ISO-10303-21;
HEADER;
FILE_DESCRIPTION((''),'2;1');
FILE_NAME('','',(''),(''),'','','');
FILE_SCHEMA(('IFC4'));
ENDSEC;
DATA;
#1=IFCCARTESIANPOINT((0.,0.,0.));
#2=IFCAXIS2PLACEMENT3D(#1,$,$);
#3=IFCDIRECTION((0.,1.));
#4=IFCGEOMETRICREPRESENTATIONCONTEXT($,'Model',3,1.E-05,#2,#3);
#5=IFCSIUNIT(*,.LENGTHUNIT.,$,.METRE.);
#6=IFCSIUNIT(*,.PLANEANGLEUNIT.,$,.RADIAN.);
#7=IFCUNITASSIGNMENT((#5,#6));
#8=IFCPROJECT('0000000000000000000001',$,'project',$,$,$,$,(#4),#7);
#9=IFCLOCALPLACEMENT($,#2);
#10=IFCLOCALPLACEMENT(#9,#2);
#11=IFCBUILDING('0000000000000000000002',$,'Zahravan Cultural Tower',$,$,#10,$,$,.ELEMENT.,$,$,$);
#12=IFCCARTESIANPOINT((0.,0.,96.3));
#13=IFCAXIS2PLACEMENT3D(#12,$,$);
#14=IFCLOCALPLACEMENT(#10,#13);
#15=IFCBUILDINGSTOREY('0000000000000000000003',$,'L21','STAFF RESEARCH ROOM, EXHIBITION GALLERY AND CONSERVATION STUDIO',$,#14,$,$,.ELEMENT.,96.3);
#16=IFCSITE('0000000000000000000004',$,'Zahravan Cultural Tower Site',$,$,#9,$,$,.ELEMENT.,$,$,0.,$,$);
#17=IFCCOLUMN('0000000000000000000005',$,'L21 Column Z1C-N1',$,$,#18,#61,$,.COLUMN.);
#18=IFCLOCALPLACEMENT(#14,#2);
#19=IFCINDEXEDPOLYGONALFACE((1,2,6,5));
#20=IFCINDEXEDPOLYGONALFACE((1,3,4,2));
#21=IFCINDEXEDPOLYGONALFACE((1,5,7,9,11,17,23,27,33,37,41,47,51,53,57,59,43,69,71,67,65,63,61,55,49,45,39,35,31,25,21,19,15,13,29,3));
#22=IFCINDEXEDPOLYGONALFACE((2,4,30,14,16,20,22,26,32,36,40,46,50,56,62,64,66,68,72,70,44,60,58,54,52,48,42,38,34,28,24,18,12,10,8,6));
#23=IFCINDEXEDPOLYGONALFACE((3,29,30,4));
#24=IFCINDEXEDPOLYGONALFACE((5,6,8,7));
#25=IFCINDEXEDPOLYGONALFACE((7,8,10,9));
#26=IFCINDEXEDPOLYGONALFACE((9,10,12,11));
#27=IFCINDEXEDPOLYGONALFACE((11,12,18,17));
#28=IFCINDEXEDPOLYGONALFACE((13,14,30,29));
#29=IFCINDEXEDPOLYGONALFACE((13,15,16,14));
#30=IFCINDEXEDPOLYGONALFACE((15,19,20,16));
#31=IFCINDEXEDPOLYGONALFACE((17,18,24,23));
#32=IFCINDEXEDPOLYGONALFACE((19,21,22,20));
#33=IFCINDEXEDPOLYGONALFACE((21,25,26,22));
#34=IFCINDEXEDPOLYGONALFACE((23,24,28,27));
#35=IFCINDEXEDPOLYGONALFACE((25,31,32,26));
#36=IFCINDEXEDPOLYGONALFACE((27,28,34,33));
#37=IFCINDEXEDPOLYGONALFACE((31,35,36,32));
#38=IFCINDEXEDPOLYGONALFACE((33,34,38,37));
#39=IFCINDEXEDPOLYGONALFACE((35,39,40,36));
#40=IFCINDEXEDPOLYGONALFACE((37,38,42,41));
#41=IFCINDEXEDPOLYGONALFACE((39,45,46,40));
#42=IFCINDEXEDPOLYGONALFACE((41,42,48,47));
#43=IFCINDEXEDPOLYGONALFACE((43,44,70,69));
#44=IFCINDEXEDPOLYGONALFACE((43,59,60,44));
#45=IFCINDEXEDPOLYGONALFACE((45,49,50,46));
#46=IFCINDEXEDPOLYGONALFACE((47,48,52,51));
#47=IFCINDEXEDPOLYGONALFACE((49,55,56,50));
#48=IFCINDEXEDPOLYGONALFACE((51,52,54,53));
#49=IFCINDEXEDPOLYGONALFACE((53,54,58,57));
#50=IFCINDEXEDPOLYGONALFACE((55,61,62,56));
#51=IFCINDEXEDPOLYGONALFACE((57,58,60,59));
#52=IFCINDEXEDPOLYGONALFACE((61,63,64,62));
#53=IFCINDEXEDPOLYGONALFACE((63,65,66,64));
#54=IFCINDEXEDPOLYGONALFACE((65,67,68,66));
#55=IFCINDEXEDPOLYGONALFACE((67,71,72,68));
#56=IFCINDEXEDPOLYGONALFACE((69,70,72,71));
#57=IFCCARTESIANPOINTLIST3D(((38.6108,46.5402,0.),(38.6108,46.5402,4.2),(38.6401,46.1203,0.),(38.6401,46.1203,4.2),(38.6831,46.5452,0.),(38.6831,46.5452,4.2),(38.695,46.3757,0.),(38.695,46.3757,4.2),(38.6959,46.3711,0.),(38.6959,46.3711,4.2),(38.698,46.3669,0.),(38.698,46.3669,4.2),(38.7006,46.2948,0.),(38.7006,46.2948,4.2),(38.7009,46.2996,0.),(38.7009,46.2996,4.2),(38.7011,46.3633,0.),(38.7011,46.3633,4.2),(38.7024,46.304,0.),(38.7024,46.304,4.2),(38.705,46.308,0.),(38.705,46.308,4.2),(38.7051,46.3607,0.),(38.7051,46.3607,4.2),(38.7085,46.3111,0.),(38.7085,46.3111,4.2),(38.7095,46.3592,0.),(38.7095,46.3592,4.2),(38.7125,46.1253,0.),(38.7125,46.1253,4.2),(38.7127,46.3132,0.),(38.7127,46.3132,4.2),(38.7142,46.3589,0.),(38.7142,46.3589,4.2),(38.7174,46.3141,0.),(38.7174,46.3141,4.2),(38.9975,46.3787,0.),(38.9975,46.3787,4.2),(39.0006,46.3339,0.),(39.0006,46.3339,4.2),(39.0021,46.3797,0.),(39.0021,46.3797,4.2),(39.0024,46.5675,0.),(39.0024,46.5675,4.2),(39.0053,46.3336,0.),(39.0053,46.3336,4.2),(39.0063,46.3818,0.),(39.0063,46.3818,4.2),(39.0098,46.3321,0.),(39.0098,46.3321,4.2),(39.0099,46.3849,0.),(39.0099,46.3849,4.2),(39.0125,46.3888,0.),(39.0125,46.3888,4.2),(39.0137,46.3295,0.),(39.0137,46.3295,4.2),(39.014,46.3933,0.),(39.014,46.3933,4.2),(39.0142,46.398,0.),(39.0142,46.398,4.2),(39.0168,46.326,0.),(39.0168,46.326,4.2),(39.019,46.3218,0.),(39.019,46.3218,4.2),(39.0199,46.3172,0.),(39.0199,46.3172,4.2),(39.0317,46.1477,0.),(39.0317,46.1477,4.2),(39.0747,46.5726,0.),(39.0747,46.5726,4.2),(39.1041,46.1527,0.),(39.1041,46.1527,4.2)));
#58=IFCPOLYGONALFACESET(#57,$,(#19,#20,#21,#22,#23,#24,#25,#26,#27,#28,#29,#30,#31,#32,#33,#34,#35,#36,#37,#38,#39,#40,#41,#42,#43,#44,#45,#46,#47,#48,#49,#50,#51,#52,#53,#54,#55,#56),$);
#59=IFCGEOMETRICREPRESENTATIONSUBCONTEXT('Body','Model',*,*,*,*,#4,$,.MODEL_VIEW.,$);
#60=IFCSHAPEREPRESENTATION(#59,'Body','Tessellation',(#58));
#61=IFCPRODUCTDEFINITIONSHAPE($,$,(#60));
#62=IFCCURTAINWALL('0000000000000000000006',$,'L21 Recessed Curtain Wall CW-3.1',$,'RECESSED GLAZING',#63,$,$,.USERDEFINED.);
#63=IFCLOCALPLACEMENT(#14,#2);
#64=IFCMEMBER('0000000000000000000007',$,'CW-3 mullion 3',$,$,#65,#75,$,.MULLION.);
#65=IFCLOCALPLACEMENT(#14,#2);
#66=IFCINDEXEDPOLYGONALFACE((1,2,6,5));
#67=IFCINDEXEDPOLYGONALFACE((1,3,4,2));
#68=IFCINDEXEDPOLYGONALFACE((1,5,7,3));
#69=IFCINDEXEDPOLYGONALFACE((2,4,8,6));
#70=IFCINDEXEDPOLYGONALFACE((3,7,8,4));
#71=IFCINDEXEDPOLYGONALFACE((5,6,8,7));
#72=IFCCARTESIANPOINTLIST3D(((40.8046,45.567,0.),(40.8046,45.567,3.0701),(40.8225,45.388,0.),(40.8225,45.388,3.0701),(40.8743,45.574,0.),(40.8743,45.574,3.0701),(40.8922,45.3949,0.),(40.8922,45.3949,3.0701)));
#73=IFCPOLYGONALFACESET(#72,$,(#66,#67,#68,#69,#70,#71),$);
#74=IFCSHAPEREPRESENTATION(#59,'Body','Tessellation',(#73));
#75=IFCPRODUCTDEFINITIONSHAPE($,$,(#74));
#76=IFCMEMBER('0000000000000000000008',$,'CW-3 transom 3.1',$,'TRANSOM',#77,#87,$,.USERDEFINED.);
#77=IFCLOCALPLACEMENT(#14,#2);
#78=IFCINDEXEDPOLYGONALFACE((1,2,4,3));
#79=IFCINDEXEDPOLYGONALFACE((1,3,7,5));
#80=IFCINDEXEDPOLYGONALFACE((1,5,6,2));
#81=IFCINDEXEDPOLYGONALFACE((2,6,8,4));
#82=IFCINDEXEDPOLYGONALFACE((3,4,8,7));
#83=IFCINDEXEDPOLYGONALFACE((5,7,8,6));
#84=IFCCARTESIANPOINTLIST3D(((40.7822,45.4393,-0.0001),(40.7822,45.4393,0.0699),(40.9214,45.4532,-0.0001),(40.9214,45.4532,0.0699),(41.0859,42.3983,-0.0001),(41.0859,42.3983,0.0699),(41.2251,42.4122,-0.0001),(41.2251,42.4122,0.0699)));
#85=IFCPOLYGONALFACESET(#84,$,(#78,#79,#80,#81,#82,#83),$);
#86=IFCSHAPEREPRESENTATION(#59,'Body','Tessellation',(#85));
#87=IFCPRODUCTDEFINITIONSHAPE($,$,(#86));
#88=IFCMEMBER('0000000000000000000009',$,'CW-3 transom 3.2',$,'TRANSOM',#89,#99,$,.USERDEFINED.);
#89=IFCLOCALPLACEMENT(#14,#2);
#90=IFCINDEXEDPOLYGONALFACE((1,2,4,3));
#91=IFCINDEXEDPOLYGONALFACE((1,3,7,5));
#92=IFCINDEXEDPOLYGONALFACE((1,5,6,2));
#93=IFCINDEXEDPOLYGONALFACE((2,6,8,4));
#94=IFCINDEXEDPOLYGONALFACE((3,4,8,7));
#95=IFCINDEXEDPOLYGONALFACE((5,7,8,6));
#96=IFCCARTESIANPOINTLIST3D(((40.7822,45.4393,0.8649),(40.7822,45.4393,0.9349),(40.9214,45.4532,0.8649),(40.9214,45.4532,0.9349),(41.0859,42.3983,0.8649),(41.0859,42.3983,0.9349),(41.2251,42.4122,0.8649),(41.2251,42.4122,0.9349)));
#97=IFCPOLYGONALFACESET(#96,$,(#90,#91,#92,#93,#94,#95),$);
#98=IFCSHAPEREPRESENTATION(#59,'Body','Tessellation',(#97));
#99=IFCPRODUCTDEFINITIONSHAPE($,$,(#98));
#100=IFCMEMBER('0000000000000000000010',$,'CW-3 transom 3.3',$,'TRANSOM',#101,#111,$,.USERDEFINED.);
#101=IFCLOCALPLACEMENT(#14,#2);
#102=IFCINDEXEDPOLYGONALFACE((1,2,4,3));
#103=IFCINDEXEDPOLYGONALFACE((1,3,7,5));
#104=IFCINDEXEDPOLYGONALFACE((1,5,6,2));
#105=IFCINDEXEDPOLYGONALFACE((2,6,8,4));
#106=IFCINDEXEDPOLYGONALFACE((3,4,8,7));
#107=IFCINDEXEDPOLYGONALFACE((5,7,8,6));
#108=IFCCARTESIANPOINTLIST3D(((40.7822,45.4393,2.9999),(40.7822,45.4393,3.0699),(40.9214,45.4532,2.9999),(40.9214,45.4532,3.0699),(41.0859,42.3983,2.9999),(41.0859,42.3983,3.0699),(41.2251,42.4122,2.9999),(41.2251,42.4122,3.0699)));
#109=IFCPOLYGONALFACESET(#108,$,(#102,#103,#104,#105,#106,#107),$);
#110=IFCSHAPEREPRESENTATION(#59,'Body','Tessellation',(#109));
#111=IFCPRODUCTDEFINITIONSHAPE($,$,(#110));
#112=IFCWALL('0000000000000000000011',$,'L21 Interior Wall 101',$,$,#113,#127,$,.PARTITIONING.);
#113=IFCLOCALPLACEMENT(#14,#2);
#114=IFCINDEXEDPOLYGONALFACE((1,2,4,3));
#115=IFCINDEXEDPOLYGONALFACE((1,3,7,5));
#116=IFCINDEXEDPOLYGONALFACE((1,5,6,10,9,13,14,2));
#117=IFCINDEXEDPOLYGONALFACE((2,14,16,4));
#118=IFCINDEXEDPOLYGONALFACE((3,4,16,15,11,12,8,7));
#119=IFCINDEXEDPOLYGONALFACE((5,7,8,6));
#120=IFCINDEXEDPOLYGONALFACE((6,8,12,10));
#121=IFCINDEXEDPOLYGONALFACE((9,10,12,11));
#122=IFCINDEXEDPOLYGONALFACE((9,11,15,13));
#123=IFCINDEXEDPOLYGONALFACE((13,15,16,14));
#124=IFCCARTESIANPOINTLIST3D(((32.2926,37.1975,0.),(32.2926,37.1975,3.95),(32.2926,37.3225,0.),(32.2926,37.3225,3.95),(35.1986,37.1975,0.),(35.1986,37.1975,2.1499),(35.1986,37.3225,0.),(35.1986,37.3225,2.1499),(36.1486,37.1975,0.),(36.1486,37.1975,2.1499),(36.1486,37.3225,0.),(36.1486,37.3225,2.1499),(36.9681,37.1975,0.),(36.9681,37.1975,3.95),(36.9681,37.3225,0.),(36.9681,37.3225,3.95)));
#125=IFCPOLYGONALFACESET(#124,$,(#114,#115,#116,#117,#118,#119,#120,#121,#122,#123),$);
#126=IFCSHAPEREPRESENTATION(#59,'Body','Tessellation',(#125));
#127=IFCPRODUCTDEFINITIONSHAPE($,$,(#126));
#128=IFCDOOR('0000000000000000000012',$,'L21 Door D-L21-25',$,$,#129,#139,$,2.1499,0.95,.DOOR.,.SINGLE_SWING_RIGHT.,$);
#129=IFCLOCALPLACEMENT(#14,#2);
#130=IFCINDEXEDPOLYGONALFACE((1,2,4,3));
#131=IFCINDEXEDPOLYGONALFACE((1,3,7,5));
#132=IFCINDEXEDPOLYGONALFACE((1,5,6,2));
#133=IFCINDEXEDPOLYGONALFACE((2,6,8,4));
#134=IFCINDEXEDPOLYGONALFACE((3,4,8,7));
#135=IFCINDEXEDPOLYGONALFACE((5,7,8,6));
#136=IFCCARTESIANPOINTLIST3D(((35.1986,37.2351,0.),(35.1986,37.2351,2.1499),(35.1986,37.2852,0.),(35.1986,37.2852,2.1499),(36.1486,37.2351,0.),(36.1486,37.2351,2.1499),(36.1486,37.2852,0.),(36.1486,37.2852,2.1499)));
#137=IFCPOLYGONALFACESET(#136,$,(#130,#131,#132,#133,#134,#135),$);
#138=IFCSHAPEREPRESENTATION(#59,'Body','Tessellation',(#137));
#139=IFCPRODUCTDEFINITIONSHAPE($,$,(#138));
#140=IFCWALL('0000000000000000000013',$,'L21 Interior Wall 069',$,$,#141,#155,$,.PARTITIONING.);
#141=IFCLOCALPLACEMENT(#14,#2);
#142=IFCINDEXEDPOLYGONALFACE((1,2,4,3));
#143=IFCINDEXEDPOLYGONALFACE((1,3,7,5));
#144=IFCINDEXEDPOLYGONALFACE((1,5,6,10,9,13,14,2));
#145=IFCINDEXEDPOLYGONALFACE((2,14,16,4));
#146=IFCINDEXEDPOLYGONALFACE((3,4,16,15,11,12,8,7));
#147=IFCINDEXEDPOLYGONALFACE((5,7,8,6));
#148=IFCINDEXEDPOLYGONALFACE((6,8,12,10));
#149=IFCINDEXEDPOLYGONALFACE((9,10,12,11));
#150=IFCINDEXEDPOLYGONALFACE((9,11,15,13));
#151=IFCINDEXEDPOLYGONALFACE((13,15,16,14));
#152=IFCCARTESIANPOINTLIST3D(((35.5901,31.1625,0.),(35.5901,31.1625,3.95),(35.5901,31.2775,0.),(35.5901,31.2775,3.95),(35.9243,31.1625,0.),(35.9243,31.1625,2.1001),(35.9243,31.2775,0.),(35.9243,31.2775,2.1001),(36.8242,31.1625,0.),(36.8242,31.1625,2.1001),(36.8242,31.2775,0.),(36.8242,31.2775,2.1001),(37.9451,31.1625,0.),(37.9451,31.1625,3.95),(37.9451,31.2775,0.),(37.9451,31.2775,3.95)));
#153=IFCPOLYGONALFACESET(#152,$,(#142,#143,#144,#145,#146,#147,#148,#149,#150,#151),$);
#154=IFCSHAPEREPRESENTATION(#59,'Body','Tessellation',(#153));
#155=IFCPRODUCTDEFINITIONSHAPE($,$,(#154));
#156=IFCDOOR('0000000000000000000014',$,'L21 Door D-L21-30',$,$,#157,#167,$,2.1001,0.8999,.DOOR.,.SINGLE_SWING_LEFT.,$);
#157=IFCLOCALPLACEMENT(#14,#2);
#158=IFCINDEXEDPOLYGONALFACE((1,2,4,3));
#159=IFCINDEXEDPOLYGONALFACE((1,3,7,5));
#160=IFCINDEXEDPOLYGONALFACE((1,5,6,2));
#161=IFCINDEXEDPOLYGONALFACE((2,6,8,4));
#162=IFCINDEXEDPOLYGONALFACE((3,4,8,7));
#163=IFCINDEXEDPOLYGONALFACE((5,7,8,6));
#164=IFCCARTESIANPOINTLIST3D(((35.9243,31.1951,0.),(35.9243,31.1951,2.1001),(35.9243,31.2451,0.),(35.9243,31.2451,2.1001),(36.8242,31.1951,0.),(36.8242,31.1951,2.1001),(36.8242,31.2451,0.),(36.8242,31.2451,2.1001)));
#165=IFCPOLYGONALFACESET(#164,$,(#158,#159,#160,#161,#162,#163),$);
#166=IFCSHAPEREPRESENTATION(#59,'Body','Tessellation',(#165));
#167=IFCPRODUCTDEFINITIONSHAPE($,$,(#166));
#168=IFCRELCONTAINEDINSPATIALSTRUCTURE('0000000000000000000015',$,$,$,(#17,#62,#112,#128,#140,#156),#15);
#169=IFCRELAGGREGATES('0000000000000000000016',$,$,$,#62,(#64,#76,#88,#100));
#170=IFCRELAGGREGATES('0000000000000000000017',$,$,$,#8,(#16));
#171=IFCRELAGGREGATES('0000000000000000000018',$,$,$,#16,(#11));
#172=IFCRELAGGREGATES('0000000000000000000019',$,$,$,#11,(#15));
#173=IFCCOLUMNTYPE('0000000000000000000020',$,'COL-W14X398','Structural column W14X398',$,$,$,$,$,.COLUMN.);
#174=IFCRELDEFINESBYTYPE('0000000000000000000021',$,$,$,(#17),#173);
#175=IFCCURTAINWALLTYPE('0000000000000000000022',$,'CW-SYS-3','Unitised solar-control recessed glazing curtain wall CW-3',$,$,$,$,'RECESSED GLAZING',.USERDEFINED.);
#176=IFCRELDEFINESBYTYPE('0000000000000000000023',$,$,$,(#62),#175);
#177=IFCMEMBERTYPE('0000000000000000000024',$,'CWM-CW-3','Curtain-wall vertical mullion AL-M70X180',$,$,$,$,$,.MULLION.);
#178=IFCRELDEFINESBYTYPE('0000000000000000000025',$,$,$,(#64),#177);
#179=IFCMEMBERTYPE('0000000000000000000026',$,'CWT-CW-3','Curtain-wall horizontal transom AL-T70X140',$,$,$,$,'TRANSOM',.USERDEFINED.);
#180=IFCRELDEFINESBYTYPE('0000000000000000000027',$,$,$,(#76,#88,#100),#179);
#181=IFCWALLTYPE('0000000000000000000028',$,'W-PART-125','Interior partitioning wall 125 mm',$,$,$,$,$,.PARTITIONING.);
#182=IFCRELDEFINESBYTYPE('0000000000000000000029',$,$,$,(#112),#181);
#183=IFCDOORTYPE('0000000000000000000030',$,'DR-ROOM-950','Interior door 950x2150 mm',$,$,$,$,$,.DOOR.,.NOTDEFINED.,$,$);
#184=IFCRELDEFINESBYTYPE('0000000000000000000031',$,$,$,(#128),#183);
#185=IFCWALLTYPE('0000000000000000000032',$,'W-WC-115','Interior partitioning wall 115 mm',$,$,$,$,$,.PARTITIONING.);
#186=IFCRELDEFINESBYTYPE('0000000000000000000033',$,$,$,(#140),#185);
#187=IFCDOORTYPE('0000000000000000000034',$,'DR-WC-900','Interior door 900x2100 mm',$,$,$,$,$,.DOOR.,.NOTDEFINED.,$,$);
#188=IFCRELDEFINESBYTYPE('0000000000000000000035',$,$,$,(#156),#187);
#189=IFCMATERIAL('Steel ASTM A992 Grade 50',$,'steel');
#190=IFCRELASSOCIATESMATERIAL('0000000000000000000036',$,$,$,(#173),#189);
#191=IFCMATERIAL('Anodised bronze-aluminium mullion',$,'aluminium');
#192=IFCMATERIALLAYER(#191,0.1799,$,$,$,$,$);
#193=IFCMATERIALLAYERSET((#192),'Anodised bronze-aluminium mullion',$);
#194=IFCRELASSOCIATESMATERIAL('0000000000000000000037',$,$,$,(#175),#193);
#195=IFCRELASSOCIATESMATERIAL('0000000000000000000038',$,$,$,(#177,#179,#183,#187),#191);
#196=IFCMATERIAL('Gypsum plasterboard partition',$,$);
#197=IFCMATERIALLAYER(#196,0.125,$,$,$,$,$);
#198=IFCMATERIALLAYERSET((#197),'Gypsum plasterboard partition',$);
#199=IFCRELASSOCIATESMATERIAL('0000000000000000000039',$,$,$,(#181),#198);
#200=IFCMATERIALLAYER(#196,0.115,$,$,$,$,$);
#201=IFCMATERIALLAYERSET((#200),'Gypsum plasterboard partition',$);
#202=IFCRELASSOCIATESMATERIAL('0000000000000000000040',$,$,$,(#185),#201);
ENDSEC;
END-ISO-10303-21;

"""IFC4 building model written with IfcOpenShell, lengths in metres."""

from ifc_helpers import new_model, si_unit, direction, frame, frame_2d, origin, origin_2d, place, context, subcontext, project, spatial, rectangle, i_section, extrude, source, transform, mapped, material, layer, layer_set, material_profile, profile_set, type_object, element, fill, aggregate, save


model = new_model("IFC4")

# Units and contexts
model_context = context("Model", 3, precision=1e-05, world=origin(), true_north=direction((0.0, 1.0)))
body_context = subcontext(model_context, "Body", "Model", "MODEL_VIEW")
ifc_project = project(units=[si_unit("LENGTHUNIT", "METRE"), si_unit("PLANEANGLEUNIT", "RADIAN")], contexts=[model_context])

# Site, building, storey
site_placement = place(None, origin())
site = spatial("IfcSite", under=ifc_project, at=site_placement, Name="Zahravan Cultural Tower Site", CompositionType="ELEMENT", RefElevation=0.0)
building_placement = place(site_placement, origin())
building = spatial("IfcBuilding", under=site, at=building_placement, Name="Zahravan Cultural Tower", CompositionType="ELEMENT")
storey_placement = place(building_placement, frame((0.0, 0.0, 96.3)))
storey = spatial("IfcBuildingStorey", under=building, at=storey_placement, Name="L21", Description="STAFF RESEARCH ROOM, EXHIBITION GALLERY AND CONSERVATION STUDIO", CompositionType="ELEMENT", Elevation=96.3)

# Column
ifc_material_1 = material(Name="Steel ASTM A992 Grade 50", Category="steel")
ifc_material_profile_1 = material_profile(ifc_material_1, i_section(OverallWidth=0.4209, OverallDepth=0.4651, WebThickness=0.0449, FlangeThickness=0.0725, FilletRadius=0.0181, at=origin_2d()), Name="W14X398")
ifc_profile_set_1 = profile_set([ifc_material_profile_1], Name="Steel ASTM A992 Grade 50")
column_type = type_object("IfcColumnType", Name="COL-W14X398", Description="Structural column W14X398", PredefinedType="COLUMN", material=ifc_profile_set_1)
shared_shape_1 = source(origin(), body_context, "Body", "SweptSolid", [
    extrude(i_section(OverallWidth=0.4209, OverallDepth=0.4651, WebThickness=0.0449, FlangeThickness=0.0725, FilletRadius=0.0181, at=origin_2d()), origin(), (0.0, 0.0, 1.0), 4.2),
])
column_placement = place(storey_placement, frame((38.8574, 46.3464, 0.0), z_axis=(0.0, 0.0, 1.0), x_axis=(-0.069756, 0.997564, 0.0)))
element("IfcColumn", 1, at=column_placement, inside=storey, type_object=column_type, Name="L21 Column Z1C-N1", PredefinedType="COLUMN", context=body_context, shape_type="MappedRepresentation", body=[
    mapped(shared_shape_1, transform((0.0, 0.0, 0.0), x_axis=(1.0, 0.0, 0.0), y_axis=(0.0, 1.0, 0.0), z_axis=(0.0, 0.0, 1.0), scale=1.0)),
])

# Curtain wall, members
ifc_material_2 = material(Name="Anodised bronze-aluminium mullion", Category="aluminium")
ifc_layer_1 = layer(ifc_material_2, 0.1799)
ifc_layer_set_1 = layer_set([ifc_layer_1], Name="Anodised bronze-aluminium mullion")
curtain_wall_type = type_object("IfcCurtainWallType", Name="CW-SYS-3", Description="Unitised solar-control recessed glazing curtain wall CW-3", ElementType="RECESSED GLAZING", PredefinedType="USERDEFINED", material=ifc_layer_set_1)
curtain_wall_placement = place(storey_placement, origin())
curtain_wall = element("IfcCurtainWall", 2, at=curtain_wall_placement, inside=storey, type_object=curtain_wall_type, Name="L21 Recessed Curtain Wall CW-3.1", ObjectType="RECESSED GLAZING", PredefinedType="USERDEFINED")
ifc_material_profile_2 = material_profile(ifc_material_2, rectangle(XDim=0.0701, YDim=0.1799, at=origin_2d()), Name="AL-M70X180")
ifc_profile_set_2 = profile_set([ifc_material_profile_2], Name="Anodised bronze-aluminium mullion")
member_type_1 = type_object("IfcMemberType", Name="CWM-CW-3", Description="Curtain-wall vertical mullion AL-M70X180", PredefinedType="MULLION", material=ifc_profile_set_2)
shared_shape_2 = source(origin(), body_context, "Body", "SweptSolid", [
    extrude(rectangle(XDim=0.0701, YDim=0.1799, at=origin_2d()), origin(), (0.0, 0.0, 1.0), 3.0701),
])
member_1_placement = place(storey_placement, frame((40.8484, 45.481, 0.0), z_axis=(0.0, 0.0, 1.0), x_axis=(0.995055, 0.099322, 0.0)))
member_1 = element("IfcMember", 3, at=member_1_placement, type_object=member_type_1, Name="CW-3 mullion 3", PredefinedType="MULLION", context=body_context, shape_type="MappedRepresentation", body=[
    mapped(shared_shape_2, transform((0.0, 0.0, 0.0), x_axis=(1.0, 0.0, 0.0), y_axis=(0.0, 1.0, 0.0), z_axis=(0.0, 0.0, 1.0), scale=1.0)),
])
ifc_material_profile_3 = material_profile(ifc_material_2, rectangle(XDim=0.1399, YDim=0.0701, at=origin_2d()), Name="AL-T70X140")
ifc_profile_set_3 = profile_set([ifc_material_profile_3], Name="Anodised bronze-aluminium mullion")
member_type_2 = type_object("IfcMemberType", Name="CWT-CW-3", Description="Curtain-wall horizontal transom AL-T70X140", ElementType="TRANSOM", PredefinedType="USERDEFINED", material=ifc_profile_set_3)
shared_shape_3 = source(origin(), body_context, "Body", "SweptSolid", [
    extrude(rectangle(XDim=0.1399, YDim=0.0701, at=origin_2d()), origin(), (0.0, 0.0, 1.0), 3.0562),
])
member_2_placement = place(storey_placement, frame((40.8518, 45.4463, 0.0349), z_axis=(0.099377, -0.99505, 0.0), x_axis=(0.99505, 0.099377, 0.0)))
member_2 = element("IfcMember", 4, at=member_2_placement, type_object=member_type_2, Name="CW-3 transom 3.1", ObjectType="TRANSOM", PredefinedType="USERDEFINED", context=body_context, shape_type="MappedRepresentation", body=[
    mapped(shared_shape_3, transform((0.0, 0.0, 0.0), x_axis=(1.0, 0.0, 0.0), y_axis=(0.0, 1.0, 0.0), z_axis=(0.0, 0.0, 1.0), scale=1.0)),
])
member_3_placement = place(storey_placement, frame((40.8518, 45.4463, 0.8999), z_axis=(0.099377, -0.99505, 0.0), x_axis=(0.99505, 0.099377, 0.0)))
member_3 = element("IfcMember", 5, at=member_3_placement, type_object=member_type_2, Name="CW-3 transom 3.2", ObjectType="TRANSOM", PredefinedType="USERDEFINED", context=body_context, shape_type="MappedRepresentation", body=[
    mapped(shared_shape_3, transform((0.0, 0.0, 0.0), x_axis=(1.0, 0.0, 0.0), y_axis=(0.0, 1.0, 0.0), z_axis=(0.0, 0.0, 1.0), scale=1.0)),
])
member_4_placement = place(storey_placement, frame((40.8518, 45.4463, 3.0349), z_axis=(0.099377, -0.99505, 0.0), x_axis=(0.99505, 0.099377, 0.0)))
member_4 = element("IfcMember", 6, at=member_4_placement, type_object=member_type_2, Name="CW-3 transom 3.3", ObjectType="TRANSOM", PredefinedType="USERDEFINED", context=body_context, shape_type="MappedRepresentation", body=[
    mapped(shared_shape_3, transform((0.0, 0.0, 0.0), x_axis=(1.0, 0.0, 0.0), y_axis=(0.0, 1.0, 0.0), z_axis=(0.0, 0.0, 1.0), scale=1.0)),
])
aggregate(curtain_wall, [member_1, member_2, member_3, member_4])

# Walls, openings, doors
ifc_material_3 = material(Name="Gypsum plasterboard partition")
ifc_layer_2 = layer(ifc_material_3, 0.125)
ifc_layer_set_2 = layer_set([ifc_layer_2], Name="Gypsum plasterboard partition")
wall_type_1 = type_object("IfcWallType", Name="W-PART-125", Description="Interior partitioning wall 125 mm", PredefinedType="PARTITIONING", material=ifc_layer_set_2)
door_type_1 = type_object("IfcDoorType", Name="DR-ROOM-950", Description="Interior door 950x2150 mm", OperationType="NOTDEFINED", PredefinedType="DOOR", material=ifc_material_2)
shared_shape_4 = source(origin(), body_context, "Body", "SweptSolid", [
    extrude(rectangle(XDim=0.95, YDim=2.1499, at=frame_2d((0.4751, 1.075))), frame((0.0, 0.0249, 0.0), z_axis=(0.0, -1.0, 0.0), x_axis=(1.0, 0.0, 0.0)), (0.0, 0.0, 1.0), 0.05),
])
wall_1_placement = place(storey_placement, frame((36.9683, 37.26, 0.0), z_axis=(0.0, 0.0, 1.0), x_axis=(-1.0, 0.0, 0.0)))
wall_1 = element("IfcWall", 7, at=wall_1_placement, inside=storey, type_object=wall_type_1, Name="L21 Interior Wall 101", PredefinedType="PARTITIONING", context=body_context, shape_type="SweptSolid", body=[
    extrude(rectangle(XDim=4.6755, YDim=0.125, at=frame_2d((2.3379, 0.0))), origin(), (0.0, 0.0, 1.0), 3.95),
])
opening_1_placement = place(wall_1_placement, frame((0.8196, 0.0, 0.0)))
opening_1 = element("IfcOpeningElement", 8, at=opening_1_placement, cuts=wall_1, PredefinedType="OPENING", context=body_context, shape_type="SweptSolid", body=[
    extrude(rectangle(XDim=0.95, YDim=2.1499, at=frame_2d((0.4751, 1.075))), frame((0.0, 0.0725, 0.0), z_axis=(0.0, -1.0, 0.0), x_axis=(1.0, 0.0, 0.0)), (0.0, 0.0, 1.0), 0.145),
])
door_1_placement = place(opening_1_placement, origin())
door_1 = element("IfcDoor", 9, at=door_1_placement, inside=storey, type_object=door_type_1, Name="L21 Door D-L21-25", OperationType="SINGLE_SWING_RIGHT", OverallHeight=2.1499, OverallWidth=0.95, PredefinedType="DOOR", context=body_context, shape_type="MappedRepresentation", body=[
    mapped(shared_shape_4, transform((0.0, 0.0, 0.0), x_axis=(1.0, 0.0, 0.0), y_axis=(0.0, 1.0, 0.0), z_axis=(0.0, 0.0, 1.0), scale=1.0)),
])
fill(opening_1, door_1)
ifc_layer_3 = layer(ifc_material_3, 0.115)
ifc_layer_set_3 = layer_set([ifc_layer_3], Name="Gypsum plasterboard partition")
wall_type_2 = type_object("IfcWallType", Name="W-WC-115", Description="Interior partitioning wall 115 mm", PredefinedType="PARTITIONING", material=ifc_layer_set_3)
wall_2_placement = place(storey_placement, frame((37.9451, 31.22, 0.0), z_axis=(0.0, 0.0, 1.0), x_axis=(-1.0, 0.0, 0.0)))
wall_2 = element("IfcWall", 10, at=wall_2_placement, inside=storey, type_object=wall_type_2, Name="L21 Interior Wall 069", PredefinedType="PARTITIONING", context=body_context, shape_type="SweptSolid", body=[
    extrude(rectangle(XDim=2.355, YDim=0.115, at=frame_2d((1.1775, 0.0))), origin(), (0.0, 0.0, 1.0), 3.95),
])
opening_2_placement = place(wall_2_placement, frame((1.1208, 0.0, 0.0)))
opening_2 = element("IfcOpeningElement", 11, at=opening_2_placement, cuts=wall_2, PredefinedType="OPENING", context=body_context, shape_type="SweptSolid", body=[
    extrude(rectangle(XDim=0.8999, YDim=2.1001, at=frame_2d((0.45, 1.05))), frame((0.0, 0.0674, 0.0), z_axis=(0.0, -1.0, 0.0), x_axis=(1.0, 0.0, 0.0)), (0.0, 0.0, 1.0), 0.135),
])
door_type_2 = type_object("IfcDoorType", Name="DR-WC-900", Description="Interior door 900x2100 mm", OperationType="NOTDEFINED", PredefinedType="DOOR", material=ifc_material_2)
shared_shape_5 = source(origin(), body_context, "Body", "SweptSolid", [
    extrude(rectangle(XDim=0.8999, YDim=2.1001, at=frame_2d((0.45, 1.05))), frame((0.0, 0.0249, 0.0), z_axis=(0.0, -1.0, 0.0), x_axis=(1.0, 0.0, 0.0)), (0.0, 0.0, 1.0), 0.05),
])
door_2_placement = place(opening_2_placement, origin())
door_2 = element("IfcDoor", 12, at=door_2_placement, inside=storey, type_object=door_type_2, Name="L21 Door D-L21-30", OperationType="SINGLE_SWING_LEFT", OverallHeight=2.1001, OverallWidth=0.8999, PredefinedType="DOOR", context=body_context, shape_type="MappedRepresentation", body=[
    mapped(shared_shape_5, transform((0.0, 0.0, 0.0), x_axis=(1.0, 0.0, 0.0), y_axis=(0.0, 1.0, 0.0), z_axis=(0.0, 0.0, 1.0), scale=1.0)),
])
fill(opening_2, door_2)

save(model, "model.ifc")
